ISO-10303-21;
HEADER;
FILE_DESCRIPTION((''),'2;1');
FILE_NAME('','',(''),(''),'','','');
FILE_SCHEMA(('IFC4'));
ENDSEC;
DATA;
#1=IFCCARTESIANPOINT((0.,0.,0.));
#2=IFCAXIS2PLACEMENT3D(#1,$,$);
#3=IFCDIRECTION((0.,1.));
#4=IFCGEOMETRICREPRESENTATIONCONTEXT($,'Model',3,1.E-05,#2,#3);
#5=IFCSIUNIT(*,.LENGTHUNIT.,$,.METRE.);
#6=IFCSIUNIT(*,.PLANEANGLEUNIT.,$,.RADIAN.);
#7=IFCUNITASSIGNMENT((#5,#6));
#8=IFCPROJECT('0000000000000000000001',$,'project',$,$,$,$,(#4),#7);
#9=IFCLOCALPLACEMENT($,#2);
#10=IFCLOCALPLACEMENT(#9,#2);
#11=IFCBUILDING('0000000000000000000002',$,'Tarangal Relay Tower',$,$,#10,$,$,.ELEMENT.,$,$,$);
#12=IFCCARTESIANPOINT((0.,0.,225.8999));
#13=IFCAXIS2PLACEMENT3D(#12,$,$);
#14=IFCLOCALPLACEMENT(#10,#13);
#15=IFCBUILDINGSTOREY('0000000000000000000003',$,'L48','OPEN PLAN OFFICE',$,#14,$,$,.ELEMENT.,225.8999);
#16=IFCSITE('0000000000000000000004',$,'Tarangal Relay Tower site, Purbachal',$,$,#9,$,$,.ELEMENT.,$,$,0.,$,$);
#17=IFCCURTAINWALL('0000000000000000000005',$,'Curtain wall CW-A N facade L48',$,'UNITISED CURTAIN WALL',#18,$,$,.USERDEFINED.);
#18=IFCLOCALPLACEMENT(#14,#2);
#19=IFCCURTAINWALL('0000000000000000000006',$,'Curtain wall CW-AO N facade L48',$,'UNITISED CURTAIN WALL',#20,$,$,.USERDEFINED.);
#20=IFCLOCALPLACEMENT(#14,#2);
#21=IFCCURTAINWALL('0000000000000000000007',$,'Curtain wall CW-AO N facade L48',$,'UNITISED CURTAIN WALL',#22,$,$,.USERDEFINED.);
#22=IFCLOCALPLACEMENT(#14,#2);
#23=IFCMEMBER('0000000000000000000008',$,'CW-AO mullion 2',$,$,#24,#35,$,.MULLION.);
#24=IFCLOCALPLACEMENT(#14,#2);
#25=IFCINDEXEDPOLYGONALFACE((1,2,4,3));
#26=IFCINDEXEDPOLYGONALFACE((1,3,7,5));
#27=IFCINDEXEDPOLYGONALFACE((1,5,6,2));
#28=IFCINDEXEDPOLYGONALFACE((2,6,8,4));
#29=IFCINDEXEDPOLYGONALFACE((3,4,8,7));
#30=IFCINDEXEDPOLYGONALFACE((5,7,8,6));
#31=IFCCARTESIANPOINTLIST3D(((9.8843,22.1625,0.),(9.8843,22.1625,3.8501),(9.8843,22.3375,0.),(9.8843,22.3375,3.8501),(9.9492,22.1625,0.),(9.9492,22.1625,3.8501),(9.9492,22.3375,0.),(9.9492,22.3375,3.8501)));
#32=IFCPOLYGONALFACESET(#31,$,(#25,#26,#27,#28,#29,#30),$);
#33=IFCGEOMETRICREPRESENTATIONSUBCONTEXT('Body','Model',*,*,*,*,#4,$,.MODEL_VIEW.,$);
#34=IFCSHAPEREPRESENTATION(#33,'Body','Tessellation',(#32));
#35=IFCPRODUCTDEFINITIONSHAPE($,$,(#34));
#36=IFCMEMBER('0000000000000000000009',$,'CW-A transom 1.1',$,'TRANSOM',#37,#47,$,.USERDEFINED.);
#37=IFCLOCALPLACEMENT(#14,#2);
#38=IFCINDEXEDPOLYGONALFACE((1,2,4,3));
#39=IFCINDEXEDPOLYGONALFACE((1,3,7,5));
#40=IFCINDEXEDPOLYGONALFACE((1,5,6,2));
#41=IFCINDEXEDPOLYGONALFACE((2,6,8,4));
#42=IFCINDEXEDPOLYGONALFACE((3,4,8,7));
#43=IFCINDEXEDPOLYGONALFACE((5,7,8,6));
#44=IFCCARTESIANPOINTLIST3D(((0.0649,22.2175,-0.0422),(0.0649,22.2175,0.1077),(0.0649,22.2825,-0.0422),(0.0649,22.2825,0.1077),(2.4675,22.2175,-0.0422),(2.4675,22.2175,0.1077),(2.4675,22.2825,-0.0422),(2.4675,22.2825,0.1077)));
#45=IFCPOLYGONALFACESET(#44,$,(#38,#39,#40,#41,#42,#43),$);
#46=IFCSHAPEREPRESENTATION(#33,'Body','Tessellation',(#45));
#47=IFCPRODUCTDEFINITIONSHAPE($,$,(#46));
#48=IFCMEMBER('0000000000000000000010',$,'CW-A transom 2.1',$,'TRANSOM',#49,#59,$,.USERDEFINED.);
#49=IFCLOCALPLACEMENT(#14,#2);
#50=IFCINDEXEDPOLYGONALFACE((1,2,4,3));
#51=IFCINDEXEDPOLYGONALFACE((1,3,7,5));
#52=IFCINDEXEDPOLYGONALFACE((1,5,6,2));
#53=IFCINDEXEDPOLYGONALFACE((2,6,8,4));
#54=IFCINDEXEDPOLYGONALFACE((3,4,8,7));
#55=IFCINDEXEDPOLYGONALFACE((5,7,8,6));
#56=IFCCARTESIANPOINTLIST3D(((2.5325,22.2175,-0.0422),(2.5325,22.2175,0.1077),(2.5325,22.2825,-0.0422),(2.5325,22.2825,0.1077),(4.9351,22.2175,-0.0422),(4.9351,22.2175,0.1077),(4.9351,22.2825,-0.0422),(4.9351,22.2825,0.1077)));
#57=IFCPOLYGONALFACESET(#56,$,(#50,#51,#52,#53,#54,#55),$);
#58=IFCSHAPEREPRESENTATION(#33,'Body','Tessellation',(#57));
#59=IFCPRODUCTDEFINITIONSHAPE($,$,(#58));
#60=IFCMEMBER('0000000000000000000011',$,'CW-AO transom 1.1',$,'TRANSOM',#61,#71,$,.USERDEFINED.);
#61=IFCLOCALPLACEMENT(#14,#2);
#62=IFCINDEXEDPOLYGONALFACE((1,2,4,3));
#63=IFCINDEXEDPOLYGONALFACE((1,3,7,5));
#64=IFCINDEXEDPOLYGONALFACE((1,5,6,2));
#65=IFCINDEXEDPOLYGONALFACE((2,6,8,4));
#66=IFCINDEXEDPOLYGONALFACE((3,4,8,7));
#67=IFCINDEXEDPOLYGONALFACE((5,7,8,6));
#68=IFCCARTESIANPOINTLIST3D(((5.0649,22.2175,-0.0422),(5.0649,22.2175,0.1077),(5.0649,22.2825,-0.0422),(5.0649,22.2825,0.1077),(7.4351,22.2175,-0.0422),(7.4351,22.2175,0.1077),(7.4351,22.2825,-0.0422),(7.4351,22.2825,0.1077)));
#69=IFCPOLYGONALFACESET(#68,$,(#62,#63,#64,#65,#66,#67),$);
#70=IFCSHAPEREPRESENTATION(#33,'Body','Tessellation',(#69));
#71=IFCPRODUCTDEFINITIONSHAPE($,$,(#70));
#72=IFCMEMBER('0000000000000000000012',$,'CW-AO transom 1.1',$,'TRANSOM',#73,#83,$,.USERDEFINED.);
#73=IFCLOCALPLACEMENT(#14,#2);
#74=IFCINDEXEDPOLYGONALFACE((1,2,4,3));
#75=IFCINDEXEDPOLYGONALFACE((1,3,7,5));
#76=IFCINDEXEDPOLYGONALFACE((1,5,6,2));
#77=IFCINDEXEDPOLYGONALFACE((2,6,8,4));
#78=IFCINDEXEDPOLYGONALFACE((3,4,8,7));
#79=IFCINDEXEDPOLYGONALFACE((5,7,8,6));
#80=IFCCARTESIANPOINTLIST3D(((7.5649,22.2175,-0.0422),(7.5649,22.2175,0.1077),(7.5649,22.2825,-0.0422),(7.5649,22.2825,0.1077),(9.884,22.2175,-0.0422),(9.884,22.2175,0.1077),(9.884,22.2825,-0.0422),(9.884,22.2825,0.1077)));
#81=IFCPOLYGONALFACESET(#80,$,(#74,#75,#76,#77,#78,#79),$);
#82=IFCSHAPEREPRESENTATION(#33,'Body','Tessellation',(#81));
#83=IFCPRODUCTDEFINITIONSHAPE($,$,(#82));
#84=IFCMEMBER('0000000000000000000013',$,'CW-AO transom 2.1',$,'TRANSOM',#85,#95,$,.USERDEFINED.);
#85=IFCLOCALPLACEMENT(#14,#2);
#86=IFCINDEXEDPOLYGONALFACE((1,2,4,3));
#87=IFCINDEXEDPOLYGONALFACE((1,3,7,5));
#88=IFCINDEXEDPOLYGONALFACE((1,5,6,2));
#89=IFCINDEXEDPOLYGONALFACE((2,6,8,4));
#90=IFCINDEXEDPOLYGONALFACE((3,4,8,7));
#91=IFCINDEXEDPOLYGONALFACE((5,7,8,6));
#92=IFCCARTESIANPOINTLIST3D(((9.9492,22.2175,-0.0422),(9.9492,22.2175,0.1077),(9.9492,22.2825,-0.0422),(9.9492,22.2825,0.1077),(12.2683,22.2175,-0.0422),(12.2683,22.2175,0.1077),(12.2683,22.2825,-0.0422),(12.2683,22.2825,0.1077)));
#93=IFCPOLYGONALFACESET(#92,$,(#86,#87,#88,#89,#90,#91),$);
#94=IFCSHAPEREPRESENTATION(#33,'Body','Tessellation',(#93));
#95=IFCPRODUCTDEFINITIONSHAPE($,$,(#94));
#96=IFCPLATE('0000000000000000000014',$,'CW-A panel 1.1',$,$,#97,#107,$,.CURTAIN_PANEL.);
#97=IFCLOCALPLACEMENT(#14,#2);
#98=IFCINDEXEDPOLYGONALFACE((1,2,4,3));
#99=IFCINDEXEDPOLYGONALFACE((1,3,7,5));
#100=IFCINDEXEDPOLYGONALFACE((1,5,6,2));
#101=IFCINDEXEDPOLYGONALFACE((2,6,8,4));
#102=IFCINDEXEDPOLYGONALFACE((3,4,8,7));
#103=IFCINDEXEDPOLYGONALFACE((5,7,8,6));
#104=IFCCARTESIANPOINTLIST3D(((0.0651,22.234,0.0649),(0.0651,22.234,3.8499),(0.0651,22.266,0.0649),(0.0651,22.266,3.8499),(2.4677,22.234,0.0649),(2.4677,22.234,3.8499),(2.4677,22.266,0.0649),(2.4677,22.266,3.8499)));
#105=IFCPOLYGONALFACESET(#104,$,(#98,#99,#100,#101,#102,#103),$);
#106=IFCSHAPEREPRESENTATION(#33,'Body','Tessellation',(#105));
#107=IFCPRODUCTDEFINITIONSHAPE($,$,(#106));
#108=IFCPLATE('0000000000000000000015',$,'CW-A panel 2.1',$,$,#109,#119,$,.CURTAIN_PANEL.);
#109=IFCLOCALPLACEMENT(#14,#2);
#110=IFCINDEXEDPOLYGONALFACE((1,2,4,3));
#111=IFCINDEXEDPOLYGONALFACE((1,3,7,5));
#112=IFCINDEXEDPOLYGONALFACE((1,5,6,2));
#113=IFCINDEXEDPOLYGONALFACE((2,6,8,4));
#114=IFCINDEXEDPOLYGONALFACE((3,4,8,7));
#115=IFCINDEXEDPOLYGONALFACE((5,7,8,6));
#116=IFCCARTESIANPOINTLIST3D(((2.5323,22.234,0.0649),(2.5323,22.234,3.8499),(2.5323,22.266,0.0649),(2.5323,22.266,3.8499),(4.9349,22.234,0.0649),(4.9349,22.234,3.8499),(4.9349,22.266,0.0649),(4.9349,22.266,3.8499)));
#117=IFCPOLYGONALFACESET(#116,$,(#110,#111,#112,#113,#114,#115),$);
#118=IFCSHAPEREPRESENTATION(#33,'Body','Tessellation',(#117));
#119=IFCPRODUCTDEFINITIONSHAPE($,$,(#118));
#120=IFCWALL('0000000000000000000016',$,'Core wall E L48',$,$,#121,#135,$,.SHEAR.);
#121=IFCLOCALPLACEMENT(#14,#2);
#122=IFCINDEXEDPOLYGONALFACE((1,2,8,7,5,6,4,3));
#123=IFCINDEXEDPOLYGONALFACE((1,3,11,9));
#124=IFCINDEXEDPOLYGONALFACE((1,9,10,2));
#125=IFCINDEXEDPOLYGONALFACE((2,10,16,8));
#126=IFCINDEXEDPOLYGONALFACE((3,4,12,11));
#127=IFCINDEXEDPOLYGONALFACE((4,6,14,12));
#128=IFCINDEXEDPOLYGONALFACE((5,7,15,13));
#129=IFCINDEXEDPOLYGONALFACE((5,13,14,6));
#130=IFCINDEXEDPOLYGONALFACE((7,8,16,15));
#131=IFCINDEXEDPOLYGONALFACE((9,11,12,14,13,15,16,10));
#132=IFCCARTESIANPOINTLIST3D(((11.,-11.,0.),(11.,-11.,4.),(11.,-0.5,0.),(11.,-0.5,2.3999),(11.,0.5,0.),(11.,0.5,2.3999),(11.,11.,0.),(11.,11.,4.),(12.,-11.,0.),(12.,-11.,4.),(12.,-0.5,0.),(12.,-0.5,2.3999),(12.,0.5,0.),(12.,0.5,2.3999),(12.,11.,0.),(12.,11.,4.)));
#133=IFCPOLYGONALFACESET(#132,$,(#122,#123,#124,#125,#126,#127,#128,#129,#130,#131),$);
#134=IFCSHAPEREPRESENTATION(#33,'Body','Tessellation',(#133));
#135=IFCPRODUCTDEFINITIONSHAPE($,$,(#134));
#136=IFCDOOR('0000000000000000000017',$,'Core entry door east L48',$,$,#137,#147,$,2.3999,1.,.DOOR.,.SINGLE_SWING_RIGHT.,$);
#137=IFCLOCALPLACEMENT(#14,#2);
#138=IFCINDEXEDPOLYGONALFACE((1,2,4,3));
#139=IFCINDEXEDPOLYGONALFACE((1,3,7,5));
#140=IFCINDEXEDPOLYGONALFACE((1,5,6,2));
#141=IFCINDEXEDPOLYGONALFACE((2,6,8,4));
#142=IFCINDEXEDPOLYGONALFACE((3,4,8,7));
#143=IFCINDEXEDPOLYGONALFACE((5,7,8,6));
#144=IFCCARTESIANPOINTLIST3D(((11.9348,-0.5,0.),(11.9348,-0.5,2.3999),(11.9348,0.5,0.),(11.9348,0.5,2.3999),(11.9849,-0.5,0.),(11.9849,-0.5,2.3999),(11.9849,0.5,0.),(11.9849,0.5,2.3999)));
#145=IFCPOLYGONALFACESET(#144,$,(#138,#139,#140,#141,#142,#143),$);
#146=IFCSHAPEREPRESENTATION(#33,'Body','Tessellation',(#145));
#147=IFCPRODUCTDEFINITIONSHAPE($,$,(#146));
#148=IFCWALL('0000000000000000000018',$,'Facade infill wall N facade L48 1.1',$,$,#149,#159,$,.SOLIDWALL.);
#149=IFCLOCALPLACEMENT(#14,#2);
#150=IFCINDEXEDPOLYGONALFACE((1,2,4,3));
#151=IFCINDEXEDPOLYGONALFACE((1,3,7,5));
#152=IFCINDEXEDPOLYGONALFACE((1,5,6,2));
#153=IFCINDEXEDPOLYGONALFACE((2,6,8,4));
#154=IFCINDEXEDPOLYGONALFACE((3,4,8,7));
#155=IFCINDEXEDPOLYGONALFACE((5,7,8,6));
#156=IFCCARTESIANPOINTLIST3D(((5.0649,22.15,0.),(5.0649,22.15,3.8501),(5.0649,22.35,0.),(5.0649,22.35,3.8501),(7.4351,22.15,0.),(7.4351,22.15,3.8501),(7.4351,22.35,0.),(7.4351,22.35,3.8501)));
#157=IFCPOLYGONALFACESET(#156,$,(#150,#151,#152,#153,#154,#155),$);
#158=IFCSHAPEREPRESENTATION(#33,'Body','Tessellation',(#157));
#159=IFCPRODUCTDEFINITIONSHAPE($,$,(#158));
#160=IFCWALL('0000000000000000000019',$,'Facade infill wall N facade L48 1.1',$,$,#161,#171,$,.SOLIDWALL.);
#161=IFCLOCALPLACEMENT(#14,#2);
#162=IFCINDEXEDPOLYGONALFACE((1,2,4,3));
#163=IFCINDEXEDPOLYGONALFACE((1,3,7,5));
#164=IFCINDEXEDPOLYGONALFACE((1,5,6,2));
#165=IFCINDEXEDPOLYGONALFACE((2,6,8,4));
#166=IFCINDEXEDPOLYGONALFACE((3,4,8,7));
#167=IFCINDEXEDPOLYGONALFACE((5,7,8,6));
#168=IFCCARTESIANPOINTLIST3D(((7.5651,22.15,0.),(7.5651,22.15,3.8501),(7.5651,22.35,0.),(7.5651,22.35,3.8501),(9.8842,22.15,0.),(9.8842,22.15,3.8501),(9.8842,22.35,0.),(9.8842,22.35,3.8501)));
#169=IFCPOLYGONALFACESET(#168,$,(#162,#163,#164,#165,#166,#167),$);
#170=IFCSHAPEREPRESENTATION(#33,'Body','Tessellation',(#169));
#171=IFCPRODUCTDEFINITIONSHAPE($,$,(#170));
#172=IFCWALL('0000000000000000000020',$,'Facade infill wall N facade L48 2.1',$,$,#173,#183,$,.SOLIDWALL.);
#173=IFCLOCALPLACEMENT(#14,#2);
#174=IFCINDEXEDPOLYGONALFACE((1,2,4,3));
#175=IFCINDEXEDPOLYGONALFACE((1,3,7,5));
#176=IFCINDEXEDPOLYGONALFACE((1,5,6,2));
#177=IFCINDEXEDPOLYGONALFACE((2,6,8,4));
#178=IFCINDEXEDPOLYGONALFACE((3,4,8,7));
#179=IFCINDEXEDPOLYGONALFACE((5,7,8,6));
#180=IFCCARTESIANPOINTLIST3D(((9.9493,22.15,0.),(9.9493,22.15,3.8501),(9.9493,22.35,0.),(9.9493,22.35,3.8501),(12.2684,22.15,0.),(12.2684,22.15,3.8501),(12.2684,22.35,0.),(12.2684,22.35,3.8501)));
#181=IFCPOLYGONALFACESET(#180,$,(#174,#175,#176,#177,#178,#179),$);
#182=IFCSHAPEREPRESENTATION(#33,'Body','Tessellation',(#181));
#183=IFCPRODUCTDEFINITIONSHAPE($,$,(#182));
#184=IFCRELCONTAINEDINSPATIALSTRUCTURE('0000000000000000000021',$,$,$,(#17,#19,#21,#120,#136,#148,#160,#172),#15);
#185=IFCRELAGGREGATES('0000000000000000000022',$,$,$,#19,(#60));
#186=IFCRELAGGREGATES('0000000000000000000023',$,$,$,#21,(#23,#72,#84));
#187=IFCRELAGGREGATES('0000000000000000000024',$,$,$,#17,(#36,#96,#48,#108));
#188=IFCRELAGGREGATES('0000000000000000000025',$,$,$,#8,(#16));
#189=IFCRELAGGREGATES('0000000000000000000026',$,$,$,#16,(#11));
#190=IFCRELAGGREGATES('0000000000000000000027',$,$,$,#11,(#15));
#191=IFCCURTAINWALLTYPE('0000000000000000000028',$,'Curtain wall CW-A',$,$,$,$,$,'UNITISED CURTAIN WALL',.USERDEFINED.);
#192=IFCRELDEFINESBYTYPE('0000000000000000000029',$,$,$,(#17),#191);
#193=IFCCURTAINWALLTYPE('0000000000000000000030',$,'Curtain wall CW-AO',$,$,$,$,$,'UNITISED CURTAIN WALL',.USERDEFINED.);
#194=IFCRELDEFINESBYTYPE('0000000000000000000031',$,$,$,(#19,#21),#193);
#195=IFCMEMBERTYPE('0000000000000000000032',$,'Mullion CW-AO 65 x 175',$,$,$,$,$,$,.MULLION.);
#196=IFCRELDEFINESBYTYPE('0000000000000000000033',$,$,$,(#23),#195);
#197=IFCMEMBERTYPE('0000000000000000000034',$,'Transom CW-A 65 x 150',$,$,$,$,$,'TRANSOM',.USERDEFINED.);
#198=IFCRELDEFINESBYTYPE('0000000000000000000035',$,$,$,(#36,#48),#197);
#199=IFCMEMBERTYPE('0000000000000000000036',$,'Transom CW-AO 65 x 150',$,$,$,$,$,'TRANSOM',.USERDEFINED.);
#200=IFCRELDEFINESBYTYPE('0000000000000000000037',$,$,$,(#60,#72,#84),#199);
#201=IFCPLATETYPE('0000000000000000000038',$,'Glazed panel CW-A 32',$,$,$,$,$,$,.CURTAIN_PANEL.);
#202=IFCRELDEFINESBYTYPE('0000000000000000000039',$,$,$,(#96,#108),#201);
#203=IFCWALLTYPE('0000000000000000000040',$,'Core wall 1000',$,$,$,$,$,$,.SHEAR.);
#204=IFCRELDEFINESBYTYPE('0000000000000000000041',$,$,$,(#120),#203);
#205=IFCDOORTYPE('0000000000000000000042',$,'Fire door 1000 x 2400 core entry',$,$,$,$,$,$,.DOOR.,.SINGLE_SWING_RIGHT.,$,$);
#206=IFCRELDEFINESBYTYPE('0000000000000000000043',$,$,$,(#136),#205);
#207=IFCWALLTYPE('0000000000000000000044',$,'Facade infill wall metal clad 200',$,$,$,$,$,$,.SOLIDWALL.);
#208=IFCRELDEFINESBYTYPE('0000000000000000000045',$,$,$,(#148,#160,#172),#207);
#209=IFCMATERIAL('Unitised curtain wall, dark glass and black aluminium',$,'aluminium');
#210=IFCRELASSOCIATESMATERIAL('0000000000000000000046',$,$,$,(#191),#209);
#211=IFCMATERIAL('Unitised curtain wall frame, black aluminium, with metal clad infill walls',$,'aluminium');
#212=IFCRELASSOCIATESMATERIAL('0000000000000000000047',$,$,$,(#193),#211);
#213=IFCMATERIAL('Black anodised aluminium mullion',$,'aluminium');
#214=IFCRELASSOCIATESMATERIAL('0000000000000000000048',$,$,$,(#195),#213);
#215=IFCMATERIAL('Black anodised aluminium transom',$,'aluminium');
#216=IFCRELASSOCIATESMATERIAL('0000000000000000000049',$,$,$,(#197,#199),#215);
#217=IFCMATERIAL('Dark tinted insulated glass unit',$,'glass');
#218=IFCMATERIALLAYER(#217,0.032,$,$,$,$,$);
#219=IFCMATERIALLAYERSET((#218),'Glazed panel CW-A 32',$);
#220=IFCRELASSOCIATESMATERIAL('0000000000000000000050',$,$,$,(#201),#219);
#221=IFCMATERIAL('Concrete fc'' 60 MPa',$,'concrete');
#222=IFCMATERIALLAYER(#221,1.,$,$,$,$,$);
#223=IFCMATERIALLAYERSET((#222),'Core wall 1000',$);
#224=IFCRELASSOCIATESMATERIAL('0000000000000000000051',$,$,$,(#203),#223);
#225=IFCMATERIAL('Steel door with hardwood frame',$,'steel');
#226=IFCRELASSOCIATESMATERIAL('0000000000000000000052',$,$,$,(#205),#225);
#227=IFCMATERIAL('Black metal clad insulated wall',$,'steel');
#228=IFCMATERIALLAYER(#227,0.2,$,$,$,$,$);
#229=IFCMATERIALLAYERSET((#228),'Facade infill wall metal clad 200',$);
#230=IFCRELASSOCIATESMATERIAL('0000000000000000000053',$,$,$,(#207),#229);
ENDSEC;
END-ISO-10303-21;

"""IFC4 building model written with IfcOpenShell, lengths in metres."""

from ifc_helpers import new_model, si_unit, direction, frame, frame_2d, origin, origin_2d, place, context, subcontext, project, spatial, rectangle, extrude, material, layer, layer_set, material_profile, profile_set, type_object, element, fill, aggregate, save


model = new_model("IFC4")

# Units and contexts
model_context = context("Model", 3, precision=1e-05, world=origin(), true_north=direction((0.0, 1.0)))
body_context = subcontext(model_context, "Body", "Model", "MODEL_VIEW")
ifc_project = project(units=[si_unit("LENGTHUNIT", "METRE"), si_unit("PLANEANGLEUNIT", "RADIAN")], contexts=[model_context])

# Site, building, storey
site_placement = place(None, origin())
site = spatial("IfcSite", under=ifc_project, at=site_placement, Name="Tarangal Relay Tower site, Purbachal", CompositionType="ELEMENT", RefElevation=0.0)
building_placement = place(site_placement, origin())
building = spatial("IfcBuilding", under=site, at=building_placement, Name="Tarangal Relay Tower", CompositionType="ELEMENT")
storey_placement = place(building_placement, frame((0.0, 0.0, 225.8999)))
storey = spatial("IfcBuildingStorey", under=building, at=storey_placement, Name="L48", Description="OPEN PLAN OFFICE", CompositionType="ELEMENT", Elevation=225.8999)

# Curtain walls, member
ifc_material_1 = material(Name="Unitised curtain wall, dark glass and black aluminium", Category="aluminium")
curtain_wall_type_1 = type_object("IfcCurtainWallType", Name="Curtain wall CW-A", ElementType="UNITISED CURTAIN WALL", PredefinedType="USERDEFINED", material=ifc_material_1)
curtain_wall_1_placement = place(storey_placement, origin())
curtain_wall_1 = element("IfcCurtainWall", 1, at=curtain_wall_1_placement, inside=storey, type_object=curtain_wall_type_1, Name="Curtain wall CW-A N facade L48", ObjectType="UNITISED CURTAIN WALL", PredefinedType="USERDEFINED")
ifc_material_2 = material(Name="Black anodised aluminium mullion", Category="aluminium")
ifc_material_3 = material(Name="Unitised curtain wall frame, black aluminium, with metal clad infill walls", Category="aluminium")
curtain_wall_type_2 = type_object("IfcCurtainWallType", Name="Curtain wall CW-AO", ElementType="UNITISED CURTAIN WALL", PredefinedType="USERDEFINED", material=ifc_material_3)
curtain_wall_2_placement = place(storey_placement, origin())
curtain_wall_2 = element("IfcCurtainWall", 2, at=curtain_wall_2_placement, inside=storey, type_object=curtain_wall_type_2, Name="Curtain wall CW-AO N facade L48", ObjectType="UNITISED CURTAIN WALL", PredefinedType="USERDEFINED")
ifc_material_profile_1 = material_profile(ifc_material_2, rectangle(XDim=0.175, YDim=0.0649, at=origin_2d()), Name="CW-AOM 65X175")
ifc_profile_set_1 = profile_set([ifc_material_profile_1], Name="Black anodised aluminium mullion")
member_type_1 = type_object("IfcMemberType", Name="Mullion CW-AO 65 x 175", PredefinedType="MULLION", material=ifc_profile_set_1)
curtain_wall_3_placement = place(storey_placement, origin())
curtain_wall_3 = element("IfcCurtainWall", 3, at=curtain_wall_3_placement, inside=storey, type_object=curtain_wall_type_2, Name="Curtain wall CW-AO N facade L48", ObjectType="UNITISED CURTAIN WALL", PredefinedType="USERDEFINED")
member_1_placement = place(storey_placement, frame((9.9167, 22.25, 0.0), z_axis=(0.0, 0.0, 1.0), x_axis=(0.0, 1.0, 0.0)))
member_1 = element("IfcMember", 4, at=member_1_placement, type_object=member_type_1, Name="CW-AO mullion 2", PredefinedType="MULLION", context=body_context, shape_type="SweptSolid", body=[
    extrude(rectangle(XDim=0.175, YDim=0.0649, at=origin_2d()), origin(), (0.0, 0.0, 1.0), 3.8501),
])

# Members
ifc_material_4 = material(Name="Black anodised aluminium transom", Category="aluminium")
ifc_material_profile_2 = material_profile(ifc_material_4, rectangle(XDim=0.0649, YDim=0.1499, at=origin_2d()), Name="CW-AT 65X150")
ifc_profile_set_2 = profile_set([ifc_material_profile_2], Name="Black anodised aluminium transom")
member_type_2 = type_object("IfcMemberType", Name="Transom CW-A 65 x 150", ElementType="TRANSOM", PredefinedType="USERDEFINED", material=ifc_profile_set_2)
member_2_placement = place(storey_placement, frame((0.0649, 22.25, 0.0327), z_axis=(1.0, 0.0, 0.0), x_axis=(0.0, 1.0, 0.0)))
member_2 = element("IfcMember", 5, at=member_2_placement, type_object=member_type_2, Name="CW-A transom 1.1", ObjectType="TRANSOM", PredefinedType="USERDEFINED", context=body_context, shape_type="SweptSolid", body=[
    extrude(rectangle(XDim=0.0649, YDim=0.1499, at=origin_2d()), origin(), (0.0, 0.0, 1.0), 2.4026),
])
member_3_placement = place(storey_placement, frame((2.5325, 22.25, 0.0327), z_axis=(1.0, 0.0, 0.0), x_axis=(0.0, 1.0, 0.0)))
member_3 = element("IfcMember", 6, at=member_3_placement, type_object=member_type_2, Name="CW-A transom 2.1", ObjectType="TRANSOM", PredefinedType="USERDEFINED", context=body_context, shape_type="SweptSolid", body=[
    extrude(rectangle(XDim=0.0649, YDim=0.1499, at=origin_2d()), origin(), (0.0, 0.0, 1.0), 2.4026),
])
ifc_material_profile_3 = material_profile(ifc_material_4, rectangle(XDim=0.0649, YDim=0.1499, at=origin_2d()), Name="CW-AOT 65X150")
ifc_profile_set_3 = profile_set([ifc_material_profile_3], Name="Black anodised aluminium transom")
member_type_3 = type_object("IfcMemberType", Name="Transom CW-AO 65 x 150", ElementType="TRANSOM", PredefinedType="USERDEFINED", material=ifc_profile_set_3)
member_4_placement = place(storey_placement, frame((5.0649, 22.25, 0.0327), z_axis=(1.0, 0.0, 0.0), x_axis=(0.0, 1.0, 0.0)))
member_4 = element("IfcMember", 7, at=member_4_placement, type_object=member_type_3, Name="CW-AO transom 1.1", ObjectType="TRANSOM", PredefinedType="USERDEFINED", context=body_context, shape_type="SweptSolid", body=[
    extrude(rectangle(XDim=0.0649, YDim=0.1499, at=origin_2d()), origin(), (0.0, 0.0, 1.0), 2.3701),
])
aggregate(curtain_wall_2, [member_4])
member_5_placement = place(storey_placement, frame((7.5649, 22.25, 0.0327), z_axis=(1.0, 0.0, 0.0), x_axis=(0.0, 1.0, 0.0)))
member_5 = element("IfcMember", 8, at=member_5_placement, type_object=member_type_3, Name="CW-AO transom 1.1", ObjectType="TRANSOM", PredefinedType="USERDEFINED", context=body_context, shape_type="SweptSolid", body=[
    extrude(rectangle(XDim=0.0649, YDim=0.1499, at=origin_2d()), origin(), (0.0, 0.0, 1.0), 2.3191),
])
member_6_placement = place(storey_placement, frame((9.9492, 22.25, 0.0327), z_axis=(1.0, 0.0, 0.0), x_axis=(0.0, 1.0, 0.0)))
member_6 = element("IfcMember", 9, at=member_6_placement, type_object=member_type_3, Name="CW-AO transom 2.1", ObjectType="TRANSOM", PredefinedType="USERDEFINED", context=body_context, shape_type="SweptSolid", body=[
    extrude(rectangle(XDim=0.0649, YDim=0.1499, at=origin_2d()), origin(), (0.0, 0.0, 1.0), 2.3191),
])
aggregate(curtain_wall_3, [member_1, member_5, member_6])

# Plates
ifc_material_5 = material(Name="Dark tinted insulated glass unit", Category="glass")
ifc_layer_1 = layer(ifc_material_5, 0.032)
ifc_layer_set_1 = layer_set([ifc_layer_1], Name="Glazed panel CW-A 32")
plate_type = type_object("IfcPlateType", Name="Glazed panel CW-A 32", PredefinedType="CURTAIN_PANEL", material=ifc_layer_set_1)
plate_1_placement = place(storey_placement, frame((1.2664, 22.25, 0.0649), z_axis=(0.0, 0.0, 1.0), x_axis=(1.0, 0.0, 0.0)))
plate_1 = element("IfcPlate", 10, at=plate_1_placement, type_object=plate_type, Name="CW-A panel 1.1", PredefinedType="CURTAIN_PANEL", context=body_context, shape_type="SweptSolid", body=[
    extrude(rectangle(XDim=2.4026, YDim=0.032, at=origin_2d()), origin(), (0.0, 0.0, 1.0), 3.7849),
])
plate_2_placement = place(storey_placement, frame((3.7336, 22.25, 0.0649), z_axis=(0.0, 0.0, 1.0), x_axis=(1.0, 0.0, 0.0)))
plate_2 = element("IfcPlate", 11, at=plate_2_placement, type_object=plate_type, Name="CW-A panel 2.1", PredefinedType="CURTAIN_PANEL", context=body_context, shape_type="SweptSolid", body=[
    extrude(rectangle(XDim=2.4026, YDim=0.032, at=origin_2d()), origin(), (0.0, 0.0, 1.0), 3.7849),
])
aggregate(curtain_wall_1, [member_2, plate_1, member_3, plate_2])

# Wall, opening, door
ifc_material_6 = material(Name="Concrete fc' 60 MPa", Category="concrete")
ifc_layer_2 = layer(ifc_material_6, 1.0)
ifc_layer_set_2 = layer_set([ifc_layer_2], Name="Core wall 1000")
wall_type_1 = type_object("IfcWallType", Name="Core wall 1000", PredefinedType="SHEAR", material=ifc_layer_set_2)
wall_1_placement = place(storey_placement, frame((11.5, 11.0, 0.0), z_axis=(0.0, 0.0, 1.0), x_axis=(0.0, -1.0, 0.0)))
wall_1 = element("IfcWall", 12, at=wall_1_placement, inside=storey, type_object=wall_type_1, Name="Core wall E L48", PredefinedType="SHEAR", context=body_context, shape_type="SweptSolid", body=[
    extrude(rectangle(XDim=22.0, YDim=1.0, at=frame_2d((11.0, 0.0))), origin(), (0.0, 0.0, 1.0), 4.0),
])
opening_1_placement = place(wall_1_placement, frame((10.5, 0.0, 0.0)))
opening_1 = element("IfcOpeningElement", 13, at=opening_1_placement, cuts=wall_1, PredefinedType="OPENING", context=body_context, shape_type="SweptSolid", body=[
    extrude(rectangle(XDim=1.0, YDim=2.3999, at=frame_2d((0.5, 1.2))), frame((0.0, 0.51, 0.0), z_axis=(0.0, -1.0, 0.0), x_axis=(1.0, 0.0, 0.0)), (0.0, 0.0, 1.0), 1.02),
])
ifc_material_7 = material(Name="Steel door with hardwood frame", Category="steel")
door_type_1 = type_object("IfcDoorType", Name="Fire door 1000 x 2400 core entry", OperationType="SINGLE_SWING_RIGHT", PredefinedType="DOOR", material=ifc_material_7)
door_1_placement = place(opening_1_placement, origin())
door_1 = element("IfcDoor", 14, at=door_1_placement, inside=storey, type_object=door_type_1, Name="Core entry door east L48", OperationType="SINGLE_SWING_RIGHT", OverallHeight=2.3999, OverallWidth=1.0, PredefinedType="DOOR", context=body_context, shape_type="SweptSolid", body=[
    extrude(rectangle(XDim=1.0, YDim=2.3999, at=frame_2d((0.5, 1.2))), frame((0.0, 0.4849, 0.0), z_axis=(0.0, -1.0, 0.0), x_axis=(1.0, 0.0, 0.0)), (0.0, 0.0, 1.0), 0.05),
])
fill(opening_1, door_1)

# Walls
ifc_material_8 = material(Name="Black metal clad insulated wall", Category="steel")
ifc_layer_3 = layer(ifc_material_8, 0.2)
ifc_layer_set_3 = layer_set([ifc_layer_3], Name="Facade infill wall metal clad 200")
wall_type_2 = type_object("IfcWallType", Name="Facade infill wall metal clad 200", PredefinedType="SOLIDWALL", material=ifc_layer_set_3)
wall_2_placement = place(storey_placement, frame((5.0649, 22.25, 0.0), z_axis=(0.0, 0.0, 1.0), x_axis=(1.0, 0.0, 0.0)))
element("IfcWall", 15, at=wall_2_placement, inside=storey, type_object=wall_type_2, Name="Facade infill wall N facade L48 1.1", PredefinedType="SOLIDWALL", context=body_context, shape_type="SweptSolid", body=[
    extrude(rectangle(XDim=2.3701, YDim=0.2, at=frame_2d((1.1851, 0.0))), origin(), (0.0, 0.0, 1.0), 3.8501),
])
for number, where, z_axis, x_axis, name in (
    (16, (7.5649, 22.25, 0.0), (0.0, 0.0, 1.0), (1.0, 0.0, 0.0), "Facade infill wall N facade L48 1.1"),
    (17, (9.9492, 22.25, 0.0), (0.0, 0.0, 1.0), (1.0, 0.0, 0.0), "Facade infill wall N facade L48 2.1"),
):
    element("IfcWall", number, at=place(storey_placement, frame(where, z_axis=z_axis, x_axis=x_axis)), inside=storey, type_object=wall_type_2, Name=name, PredefinedType="SOLIDWALL", context=body_context, shape_type="SweptSolid", body=[
        extrude(rectangle(XDim=2.3191, YDim=0.2, at=frame_2d((1.1597, 0.0))), origin(), (0.0, 0.0, 1.0), 3.8501),
    ])

save(model, "model.ifc")
